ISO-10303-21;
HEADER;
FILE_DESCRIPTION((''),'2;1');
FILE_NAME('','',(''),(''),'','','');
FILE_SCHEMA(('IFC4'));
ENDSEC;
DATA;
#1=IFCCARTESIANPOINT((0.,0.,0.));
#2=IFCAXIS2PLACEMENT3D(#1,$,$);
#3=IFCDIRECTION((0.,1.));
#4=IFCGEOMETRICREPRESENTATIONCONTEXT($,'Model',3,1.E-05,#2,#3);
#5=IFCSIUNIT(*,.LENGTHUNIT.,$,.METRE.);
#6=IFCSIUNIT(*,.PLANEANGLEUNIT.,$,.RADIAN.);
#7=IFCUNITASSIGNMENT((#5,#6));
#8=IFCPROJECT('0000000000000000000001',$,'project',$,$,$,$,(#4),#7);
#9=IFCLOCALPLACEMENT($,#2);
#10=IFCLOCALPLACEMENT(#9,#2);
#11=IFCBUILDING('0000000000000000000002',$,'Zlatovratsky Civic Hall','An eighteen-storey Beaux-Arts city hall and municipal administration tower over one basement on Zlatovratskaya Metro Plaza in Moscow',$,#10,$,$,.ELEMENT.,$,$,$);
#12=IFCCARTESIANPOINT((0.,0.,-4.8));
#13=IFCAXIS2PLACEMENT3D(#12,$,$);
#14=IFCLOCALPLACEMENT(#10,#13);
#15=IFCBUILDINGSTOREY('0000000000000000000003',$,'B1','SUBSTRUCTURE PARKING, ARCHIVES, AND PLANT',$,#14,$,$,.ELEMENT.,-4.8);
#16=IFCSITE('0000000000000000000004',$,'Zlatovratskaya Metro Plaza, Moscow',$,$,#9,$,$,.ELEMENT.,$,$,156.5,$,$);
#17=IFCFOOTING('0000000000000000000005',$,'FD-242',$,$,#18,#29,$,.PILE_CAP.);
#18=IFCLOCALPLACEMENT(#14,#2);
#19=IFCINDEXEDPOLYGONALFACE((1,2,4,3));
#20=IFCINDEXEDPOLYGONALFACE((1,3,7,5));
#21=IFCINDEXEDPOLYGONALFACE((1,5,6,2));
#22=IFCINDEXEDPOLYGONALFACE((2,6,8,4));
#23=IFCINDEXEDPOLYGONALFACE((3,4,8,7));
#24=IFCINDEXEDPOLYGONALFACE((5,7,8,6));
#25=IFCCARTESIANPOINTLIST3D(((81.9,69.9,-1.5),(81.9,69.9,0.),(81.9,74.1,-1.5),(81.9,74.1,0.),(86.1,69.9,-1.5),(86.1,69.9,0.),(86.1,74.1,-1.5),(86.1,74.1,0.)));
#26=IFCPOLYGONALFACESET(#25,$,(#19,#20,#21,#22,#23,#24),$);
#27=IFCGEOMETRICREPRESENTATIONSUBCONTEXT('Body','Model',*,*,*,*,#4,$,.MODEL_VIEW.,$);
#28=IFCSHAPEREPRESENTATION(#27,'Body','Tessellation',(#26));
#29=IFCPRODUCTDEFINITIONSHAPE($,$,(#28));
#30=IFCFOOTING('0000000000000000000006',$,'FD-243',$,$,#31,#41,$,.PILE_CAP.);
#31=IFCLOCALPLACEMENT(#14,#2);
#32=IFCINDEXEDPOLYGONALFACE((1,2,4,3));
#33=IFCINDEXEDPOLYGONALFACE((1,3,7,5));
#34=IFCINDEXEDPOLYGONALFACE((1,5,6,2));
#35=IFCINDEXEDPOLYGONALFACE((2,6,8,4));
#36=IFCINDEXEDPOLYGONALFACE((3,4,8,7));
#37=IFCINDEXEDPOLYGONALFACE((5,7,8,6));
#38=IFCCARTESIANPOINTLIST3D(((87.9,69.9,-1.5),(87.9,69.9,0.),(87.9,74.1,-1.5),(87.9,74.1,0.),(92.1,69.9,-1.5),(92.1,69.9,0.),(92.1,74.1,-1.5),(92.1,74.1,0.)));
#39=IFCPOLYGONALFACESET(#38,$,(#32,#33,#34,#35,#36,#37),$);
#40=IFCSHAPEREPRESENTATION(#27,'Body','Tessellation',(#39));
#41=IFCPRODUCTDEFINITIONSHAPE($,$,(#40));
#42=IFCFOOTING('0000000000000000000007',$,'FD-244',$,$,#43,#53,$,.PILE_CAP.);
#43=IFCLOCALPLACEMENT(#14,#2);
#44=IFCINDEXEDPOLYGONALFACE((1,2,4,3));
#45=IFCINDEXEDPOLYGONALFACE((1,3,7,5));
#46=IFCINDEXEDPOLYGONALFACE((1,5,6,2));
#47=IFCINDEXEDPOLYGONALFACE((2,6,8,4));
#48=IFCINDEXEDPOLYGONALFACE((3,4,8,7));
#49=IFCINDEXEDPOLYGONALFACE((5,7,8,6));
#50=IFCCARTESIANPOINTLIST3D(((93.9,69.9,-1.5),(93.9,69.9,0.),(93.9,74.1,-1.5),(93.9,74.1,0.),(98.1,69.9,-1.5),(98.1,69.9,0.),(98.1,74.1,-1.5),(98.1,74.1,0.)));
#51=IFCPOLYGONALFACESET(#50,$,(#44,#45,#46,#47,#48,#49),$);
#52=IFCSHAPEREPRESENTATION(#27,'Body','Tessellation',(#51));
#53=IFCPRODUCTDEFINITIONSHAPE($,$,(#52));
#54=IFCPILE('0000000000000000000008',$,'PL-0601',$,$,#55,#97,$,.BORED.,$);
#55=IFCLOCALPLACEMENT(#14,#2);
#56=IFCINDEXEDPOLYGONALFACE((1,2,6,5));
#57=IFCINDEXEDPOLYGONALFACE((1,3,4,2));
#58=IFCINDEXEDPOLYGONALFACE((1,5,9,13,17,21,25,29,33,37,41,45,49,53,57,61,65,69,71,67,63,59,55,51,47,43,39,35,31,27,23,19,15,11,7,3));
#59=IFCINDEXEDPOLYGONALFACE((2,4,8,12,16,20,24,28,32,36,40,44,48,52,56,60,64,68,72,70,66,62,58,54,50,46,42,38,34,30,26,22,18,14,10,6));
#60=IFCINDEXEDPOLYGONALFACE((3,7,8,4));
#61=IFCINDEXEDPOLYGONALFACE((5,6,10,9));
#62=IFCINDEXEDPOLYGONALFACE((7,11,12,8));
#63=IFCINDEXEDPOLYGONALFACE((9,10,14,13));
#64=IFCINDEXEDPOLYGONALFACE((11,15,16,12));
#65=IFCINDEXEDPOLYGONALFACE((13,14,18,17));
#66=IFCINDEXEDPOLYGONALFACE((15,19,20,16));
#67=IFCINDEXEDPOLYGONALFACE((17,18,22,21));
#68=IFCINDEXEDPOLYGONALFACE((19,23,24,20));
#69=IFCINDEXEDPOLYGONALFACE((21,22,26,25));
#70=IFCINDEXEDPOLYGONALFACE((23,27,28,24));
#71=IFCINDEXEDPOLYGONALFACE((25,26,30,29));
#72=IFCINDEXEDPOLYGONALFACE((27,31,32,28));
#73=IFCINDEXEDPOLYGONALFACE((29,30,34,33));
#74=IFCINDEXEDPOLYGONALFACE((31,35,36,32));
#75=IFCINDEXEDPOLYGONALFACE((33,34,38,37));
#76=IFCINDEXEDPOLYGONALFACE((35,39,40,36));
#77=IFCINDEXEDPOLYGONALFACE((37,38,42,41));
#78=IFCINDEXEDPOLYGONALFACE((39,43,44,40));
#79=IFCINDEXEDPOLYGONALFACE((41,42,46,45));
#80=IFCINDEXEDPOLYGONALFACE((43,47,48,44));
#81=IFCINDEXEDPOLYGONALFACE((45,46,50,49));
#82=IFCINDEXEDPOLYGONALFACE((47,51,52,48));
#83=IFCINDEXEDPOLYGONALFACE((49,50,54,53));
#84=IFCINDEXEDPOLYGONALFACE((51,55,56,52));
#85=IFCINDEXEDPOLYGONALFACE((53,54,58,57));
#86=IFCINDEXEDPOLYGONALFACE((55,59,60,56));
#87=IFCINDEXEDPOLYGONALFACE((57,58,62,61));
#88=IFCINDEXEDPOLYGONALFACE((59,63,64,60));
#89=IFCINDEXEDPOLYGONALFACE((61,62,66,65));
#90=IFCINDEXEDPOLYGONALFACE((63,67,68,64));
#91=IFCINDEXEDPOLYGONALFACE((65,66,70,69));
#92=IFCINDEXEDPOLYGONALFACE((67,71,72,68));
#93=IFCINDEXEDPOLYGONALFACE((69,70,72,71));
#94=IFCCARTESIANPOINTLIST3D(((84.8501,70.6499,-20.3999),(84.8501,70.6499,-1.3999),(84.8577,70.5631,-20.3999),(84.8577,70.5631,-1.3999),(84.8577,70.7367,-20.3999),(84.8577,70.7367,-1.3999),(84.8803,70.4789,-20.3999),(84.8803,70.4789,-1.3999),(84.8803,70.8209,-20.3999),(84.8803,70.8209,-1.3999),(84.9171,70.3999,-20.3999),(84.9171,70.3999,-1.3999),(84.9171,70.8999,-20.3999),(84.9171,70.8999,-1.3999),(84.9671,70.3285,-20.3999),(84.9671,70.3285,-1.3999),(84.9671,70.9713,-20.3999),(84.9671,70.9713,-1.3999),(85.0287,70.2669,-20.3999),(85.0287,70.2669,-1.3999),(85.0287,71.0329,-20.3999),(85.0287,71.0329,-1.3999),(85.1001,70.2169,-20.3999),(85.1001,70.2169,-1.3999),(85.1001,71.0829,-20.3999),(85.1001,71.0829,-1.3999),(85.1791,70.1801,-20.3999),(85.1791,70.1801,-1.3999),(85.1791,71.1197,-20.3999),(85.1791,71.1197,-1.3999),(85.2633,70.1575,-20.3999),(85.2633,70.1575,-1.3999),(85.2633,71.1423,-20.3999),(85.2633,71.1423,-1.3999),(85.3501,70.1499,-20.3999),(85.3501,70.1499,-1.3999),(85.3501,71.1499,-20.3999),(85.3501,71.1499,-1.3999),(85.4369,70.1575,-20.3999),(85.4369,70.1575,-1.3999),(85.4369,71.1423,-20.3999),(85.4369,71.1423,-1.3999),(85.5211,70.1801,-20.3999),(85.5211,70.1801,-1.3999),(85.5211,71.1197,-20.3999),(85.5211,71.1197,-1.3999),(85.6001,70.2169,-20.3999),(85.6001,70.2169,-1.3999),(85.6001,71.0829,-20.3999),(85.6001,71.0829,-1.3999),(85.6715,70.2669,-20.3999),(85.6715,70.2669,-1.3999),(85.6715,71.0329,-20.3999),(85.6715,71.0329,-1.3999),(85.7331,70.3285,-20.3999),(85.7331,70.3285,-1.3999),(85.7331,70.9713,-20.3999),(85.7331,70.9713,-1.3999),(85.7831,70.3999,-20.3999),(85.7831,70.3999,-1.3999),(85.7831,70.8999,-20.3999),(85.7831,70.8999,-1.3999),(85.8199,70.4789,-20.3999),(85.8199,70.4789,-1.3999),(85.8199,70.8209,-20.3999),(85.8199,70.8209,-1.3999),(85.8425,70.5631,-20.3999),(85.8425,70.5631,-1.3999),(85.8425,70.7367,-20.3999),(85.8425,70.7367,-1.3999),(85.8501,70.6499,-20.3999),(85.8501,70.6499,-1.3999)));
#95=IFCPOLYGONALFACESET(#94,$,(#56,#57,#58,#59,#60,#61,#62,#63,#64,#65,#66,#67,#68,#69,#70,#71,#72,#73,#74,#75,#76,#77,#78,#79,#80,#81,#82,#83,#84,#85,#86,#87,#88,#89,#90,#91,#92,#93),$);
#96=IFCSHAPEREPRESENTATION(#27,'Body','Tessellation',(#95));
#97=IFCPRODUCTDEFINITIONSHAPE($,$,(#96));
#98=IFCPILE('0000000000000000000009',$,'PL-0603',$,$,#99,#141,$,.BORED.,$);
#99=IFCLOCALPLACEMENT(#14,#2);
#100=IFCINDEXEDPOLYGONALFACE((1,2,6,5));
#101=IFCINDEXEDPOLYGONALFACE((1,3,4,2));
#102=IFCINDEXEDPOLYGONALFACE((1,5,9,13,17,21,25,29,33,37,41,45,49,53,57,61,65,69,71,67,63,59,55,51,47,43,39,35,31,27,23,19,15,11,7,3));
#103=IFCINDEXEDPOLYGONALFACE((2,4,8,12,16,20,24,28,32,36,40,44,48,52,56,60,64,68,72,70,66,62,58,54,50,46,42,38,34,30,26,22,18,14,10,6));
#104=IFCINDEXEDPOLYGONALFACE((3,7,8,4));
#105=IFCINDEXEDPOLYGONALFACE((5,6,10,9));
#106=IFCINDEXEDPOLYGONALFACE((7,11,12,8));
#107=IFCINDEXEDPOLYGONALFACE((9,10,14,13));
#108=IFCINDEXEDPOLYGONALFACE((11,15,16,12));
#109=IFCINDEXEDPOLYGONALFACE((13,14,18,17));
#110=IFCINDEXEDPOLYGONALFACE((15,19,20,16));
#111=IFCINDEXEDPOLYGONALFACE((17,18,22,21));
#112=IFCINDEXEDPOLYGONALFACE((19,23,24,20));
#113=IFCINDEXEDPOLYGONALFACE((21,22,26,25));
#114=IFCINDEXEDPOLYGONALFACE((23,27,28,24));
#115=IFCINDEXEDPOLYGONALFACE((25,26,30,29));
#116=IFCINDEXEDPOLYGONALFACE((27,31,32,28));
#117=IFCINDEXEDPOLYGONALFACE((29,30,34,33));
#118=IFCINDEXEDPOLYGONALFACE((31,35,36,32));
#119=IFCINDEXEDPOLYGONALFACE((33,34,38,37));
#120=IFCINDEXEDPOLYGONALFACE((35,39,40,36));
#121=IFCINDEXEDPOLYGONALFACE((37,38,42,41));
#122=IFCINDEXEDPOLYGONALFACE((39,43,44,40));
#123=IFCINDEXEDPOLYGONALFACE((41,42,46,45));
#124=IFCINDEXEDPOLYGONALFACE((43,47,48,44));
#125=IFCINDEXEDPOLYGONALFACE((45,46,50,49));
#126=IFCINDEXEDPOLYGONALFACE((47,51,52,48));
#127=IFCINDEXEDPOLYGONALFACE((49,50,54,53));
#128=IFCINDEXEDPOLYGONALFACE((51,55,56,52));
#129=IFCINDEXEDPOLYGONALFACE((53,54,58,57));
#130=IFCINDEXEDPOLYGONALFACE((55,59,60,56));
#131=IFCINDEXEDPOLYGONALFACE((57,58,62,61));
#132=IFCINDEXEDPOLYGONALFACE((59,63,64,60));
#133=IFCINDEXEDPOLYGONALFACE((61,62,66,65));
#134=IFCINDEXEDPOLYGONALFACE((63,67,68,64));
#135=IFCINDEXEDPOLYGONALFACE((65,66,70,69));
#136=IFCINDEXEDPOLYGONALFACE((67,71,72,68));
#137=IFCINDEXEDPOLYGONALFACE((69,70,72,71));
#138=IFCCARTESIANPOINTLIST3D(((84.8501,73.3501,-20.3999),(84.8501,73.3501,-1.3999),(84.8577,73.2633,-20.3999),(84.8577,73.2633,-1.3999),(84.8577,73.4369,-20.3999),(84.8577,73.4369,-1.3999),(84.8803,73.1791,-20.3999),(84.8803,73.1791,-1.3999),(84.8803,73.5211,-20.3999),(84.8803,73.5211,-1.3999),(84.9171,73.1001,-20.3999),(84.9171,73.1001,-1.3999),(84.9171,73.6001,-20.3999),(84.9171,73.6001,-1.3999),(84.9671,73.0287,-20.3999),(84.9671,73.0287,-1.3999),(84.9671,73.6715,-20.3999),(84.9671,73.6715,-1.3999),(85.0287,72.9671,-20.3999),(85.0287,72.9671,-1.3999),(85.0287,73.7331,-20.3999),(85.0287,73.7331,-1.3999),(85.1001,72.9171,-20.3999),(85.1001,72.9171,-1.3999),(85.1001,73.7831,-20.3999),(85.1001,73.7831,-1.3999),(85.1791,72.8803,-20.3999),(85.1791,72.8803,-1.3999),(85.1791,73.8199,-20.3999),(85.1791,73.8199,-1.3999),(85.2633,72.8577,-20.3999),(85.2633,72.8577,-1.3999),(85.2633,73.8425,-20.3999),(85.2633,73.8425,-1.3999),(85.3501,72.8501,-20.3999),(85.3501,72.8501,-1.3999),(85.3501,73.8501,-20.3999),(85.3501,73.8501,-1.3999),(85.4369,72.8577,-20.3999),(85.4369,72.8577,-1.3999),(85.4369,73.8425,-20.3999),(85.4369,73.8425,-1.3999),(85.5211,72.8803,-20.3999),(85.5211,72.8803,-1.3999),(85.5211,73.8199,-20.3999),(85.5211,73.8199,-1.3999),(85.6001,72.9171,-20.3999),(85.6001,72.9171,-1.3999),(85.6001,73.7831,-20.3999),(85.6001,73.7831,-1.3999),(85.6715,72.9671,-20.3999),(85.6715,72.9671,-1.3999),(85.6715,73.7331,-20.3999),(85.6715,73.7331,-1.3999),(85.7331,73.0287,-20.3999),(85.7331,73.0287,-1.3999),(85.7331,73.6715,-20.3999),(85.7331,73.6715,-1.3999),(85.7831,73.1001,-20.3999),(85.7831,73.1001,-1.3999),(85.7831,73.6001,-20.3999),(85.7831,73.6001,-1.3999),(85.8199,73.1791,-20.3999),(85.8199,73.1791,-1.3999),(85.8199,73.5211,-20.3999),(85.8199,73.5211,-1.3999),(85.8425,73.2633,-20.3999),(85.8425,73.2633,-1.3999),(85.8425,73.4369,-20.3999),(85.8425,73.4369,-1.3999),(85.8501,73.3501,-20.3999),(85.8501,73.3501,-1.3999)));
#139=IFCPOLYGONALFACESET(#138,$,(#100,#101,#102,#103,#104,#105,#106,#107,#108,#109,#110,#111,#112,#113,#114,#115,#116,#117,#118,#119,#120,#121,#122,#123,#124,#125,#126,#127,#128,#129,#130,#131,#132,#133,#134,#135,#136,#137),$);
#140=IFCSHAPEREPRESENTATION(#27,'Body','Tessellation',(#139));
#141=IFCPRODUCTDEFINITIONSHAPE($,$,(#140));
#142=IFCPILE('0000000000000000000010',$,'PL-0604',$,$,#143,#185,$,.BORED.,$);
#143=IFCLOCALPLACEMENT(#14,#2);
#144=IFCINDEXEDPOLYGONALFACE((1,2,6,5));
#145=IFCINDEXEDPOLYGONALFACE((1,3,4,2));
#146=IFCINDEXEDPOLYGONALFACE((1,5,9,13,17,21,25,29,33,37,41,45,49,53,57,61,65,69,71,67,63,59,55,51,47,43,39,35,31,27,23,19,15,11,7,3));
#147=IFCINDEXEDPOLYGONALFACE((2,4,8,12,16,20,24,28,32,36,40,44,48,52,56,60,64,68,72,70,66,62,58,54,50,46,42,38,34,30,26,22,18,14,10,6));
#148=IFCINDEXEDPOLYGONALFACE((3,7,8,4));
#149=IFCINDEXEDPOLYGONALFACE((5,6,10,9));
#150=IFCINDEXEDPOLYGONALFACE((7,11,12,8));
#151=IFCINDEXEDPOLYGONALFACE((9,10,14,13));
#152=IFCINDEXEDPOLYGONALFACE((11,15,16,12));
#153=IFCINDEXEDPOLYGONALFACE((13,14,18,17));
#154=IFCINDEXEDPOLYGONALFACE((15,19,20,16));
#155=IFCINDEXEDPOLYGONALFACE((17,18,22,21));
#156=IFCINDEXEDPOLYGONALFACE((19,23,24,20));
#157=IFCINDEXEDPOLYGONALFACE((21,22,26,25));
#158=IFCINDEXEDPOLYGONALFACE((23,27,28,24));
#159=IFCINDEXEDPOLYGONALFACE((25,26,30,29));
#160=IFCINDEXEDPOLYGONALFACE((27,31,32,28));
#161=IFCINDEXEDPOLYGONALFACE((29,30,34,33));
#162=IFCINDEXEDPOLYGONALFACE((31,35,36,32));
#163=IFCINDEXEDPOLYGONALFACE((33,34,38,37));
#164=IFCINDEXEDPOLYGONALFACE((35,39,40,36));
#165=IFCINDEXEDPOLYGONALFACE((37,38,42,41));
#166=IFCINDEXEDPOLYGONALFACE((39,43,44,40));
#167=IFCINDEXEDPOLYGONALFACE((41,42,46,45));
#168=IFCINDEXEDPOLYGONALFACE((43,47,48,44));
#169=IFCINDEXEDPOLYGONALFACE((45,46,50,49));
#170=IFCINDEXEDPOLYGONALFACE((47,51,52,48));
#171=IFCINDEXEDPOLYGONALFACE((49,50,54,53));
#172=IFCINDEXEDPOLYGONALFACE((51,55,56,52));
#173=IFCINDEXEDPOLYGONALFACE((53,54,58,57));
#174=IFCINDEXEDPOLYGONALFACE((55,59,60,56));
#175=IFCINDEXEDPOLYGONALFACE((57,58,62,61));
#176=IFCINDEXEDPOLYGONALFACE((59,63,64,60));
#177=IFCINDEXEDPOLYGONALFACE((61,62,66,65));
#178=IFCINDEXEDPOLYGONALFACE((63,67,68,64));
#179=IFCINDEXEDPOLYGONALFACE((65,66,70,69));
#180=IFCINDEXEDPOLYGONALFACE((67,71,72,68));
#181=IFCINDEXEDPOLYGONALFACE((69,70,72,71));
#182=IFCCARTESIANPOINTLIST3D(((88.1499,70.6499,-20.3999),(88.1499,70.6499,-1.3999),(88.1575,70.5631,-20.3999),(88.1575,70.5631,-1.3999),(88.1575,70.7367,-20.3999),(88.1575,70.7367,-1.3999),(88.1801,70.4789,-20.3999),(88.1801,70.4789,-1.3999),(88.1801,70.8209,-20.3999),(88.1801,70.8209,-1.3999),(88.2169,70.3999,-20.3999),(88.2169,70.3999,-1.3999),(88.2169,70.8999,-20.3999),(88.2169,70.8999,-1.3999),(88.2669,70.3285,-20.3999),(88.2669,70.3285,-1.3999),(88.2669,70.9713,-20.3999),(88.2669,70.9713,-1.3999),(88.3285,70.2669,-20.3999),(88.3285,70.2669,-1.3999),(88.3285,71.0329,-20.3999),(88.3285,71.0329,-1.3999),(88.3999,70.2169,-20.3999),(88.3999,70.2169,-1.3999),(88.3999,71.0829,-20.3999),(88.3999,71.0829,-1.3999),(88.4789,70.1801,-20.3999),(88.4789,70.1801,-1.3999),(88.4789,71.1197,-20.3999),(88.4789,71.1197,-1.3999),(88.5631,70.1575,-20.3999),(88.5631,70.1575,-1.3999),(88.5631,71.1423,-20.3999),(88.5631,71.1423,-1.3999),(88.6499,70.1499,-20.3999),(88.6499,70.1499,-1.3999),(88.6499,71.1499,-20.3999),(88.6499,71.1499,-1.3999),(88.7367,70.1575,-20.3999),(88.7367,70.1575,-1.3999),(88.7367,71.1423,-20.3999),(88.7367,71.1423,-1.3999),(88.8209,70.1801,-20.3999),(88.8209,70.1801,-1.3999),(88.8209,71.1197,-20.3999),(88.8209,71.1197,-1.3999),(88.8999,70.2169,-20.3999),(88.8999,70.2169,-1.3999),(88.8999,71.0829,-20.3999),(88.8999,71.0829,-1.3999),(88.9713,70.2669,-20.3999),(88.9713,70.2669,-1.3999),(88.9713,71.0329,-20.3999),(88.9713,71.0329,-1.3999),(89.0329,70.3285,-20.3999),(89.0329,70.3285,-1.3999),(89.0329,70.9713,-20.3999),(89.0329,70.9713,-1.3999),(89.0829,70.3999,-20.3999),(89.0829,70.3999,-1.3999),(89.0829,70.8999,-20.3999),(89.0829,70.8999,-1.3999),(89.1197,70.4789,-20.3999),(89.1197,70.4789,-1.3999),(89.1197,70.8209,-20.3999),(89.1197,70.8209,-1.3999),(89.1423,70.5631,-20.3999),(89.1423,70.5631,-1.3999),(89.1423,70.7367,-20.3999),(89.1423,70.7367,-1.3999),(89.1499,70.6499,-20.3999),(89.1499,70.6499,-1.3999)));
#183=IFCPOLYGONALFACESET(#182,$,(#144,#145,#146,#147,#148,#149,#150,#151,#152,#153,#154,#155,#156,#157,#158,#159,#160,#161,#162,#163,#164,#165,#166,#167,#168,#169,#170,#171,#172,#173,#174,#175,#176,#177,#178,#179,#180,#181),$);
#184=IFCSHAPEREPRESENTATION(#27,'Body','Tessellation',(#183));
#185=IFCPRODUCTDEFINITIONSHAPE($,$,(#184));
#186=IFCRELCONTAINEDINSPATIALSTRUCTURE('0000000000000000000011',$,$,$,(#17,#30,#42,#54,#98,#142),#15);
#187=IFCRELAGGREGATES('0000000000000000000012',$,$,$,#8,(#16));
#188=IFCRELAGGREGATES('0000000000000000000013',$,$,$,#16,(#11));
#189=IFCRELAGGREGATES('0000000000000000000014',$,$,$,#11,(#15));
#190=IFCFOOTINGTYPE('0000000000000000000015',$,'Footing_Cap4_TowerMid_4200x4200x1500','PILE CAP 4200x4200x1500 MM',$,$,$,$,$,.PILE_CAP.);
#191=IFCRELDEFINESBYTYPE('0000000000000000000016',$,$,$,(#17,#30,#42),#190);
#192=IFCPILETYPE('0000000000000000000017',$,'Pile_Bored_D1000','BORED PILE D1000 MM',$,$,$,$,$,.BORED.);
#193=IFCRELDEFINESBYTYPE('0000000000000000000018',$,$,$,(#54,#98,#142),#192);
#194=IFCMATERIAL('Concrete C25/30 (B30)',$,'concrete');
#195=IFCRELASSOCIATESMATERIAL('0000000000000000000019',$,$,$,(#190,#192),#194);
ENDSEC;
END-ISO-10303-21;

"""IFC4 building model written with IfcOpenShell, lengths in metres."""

from ifc_helpers import new_model, si_unit, direction, frame, origin, origin_2d, place, context, subcontext, project, spatial, rectangle, circle, extrude, material, material_profile, profile_set, type_object, element, save


model = new_model("IFC4")

# Units and contexts
model_context = context("Model", 3, precision=1e-05, world=origin(), true_north=direction((0.0, 1.0)))
body_context = subcontext(model_context, "Body", "Model", "MODEL_VIEW")
ifc_project = project(units=[si_unit("LENGTHUNIT", "METRE"), si_unit("PLANEANGLEUNIT", "RADIAN")], contexts=[model_context])

# Site, building, storey
site_placement = place(None, origin())
site = spatial("IfcSite", under=ifc_project, at=site_placement, Name="Zlatovratskaya Metro Plaza, Moscow", CompositionType="ELEMENT", RefElevation=156.5)
building_placement = place(site_placement, origin())
building = spatial("IfcBuilding", under=site, at=building_placement, Name="Zlatovratsky Civic Hall", Description="An eighteen-storey Beaux-Arts city hall and municipal administration tower over one basement on Zlatovratskaya Metro Plaza in Moscow", CompositionType="ELEMENT")
storey_placement = place(building_placement, frame((0.0, 0.0, -4.8)))
storey = spatial("IfcBuildingStorey", under=building, at=storey_placement, Name="B1", Description="SUBSTRUCTURE PARKING, ARCHIVES, AND PLANT", CompositionType="ELEMENT", Elevation=-4.8)

# Footings
ifc_material_1 = material(Name="Concrete C25/30 (B30)", Category="concrete")
footing_type = type_object("IfcFootingType", Name="Footing_Cap4_TowerMid_4200x4200x1500", Description="PILE CAP 4200x4200x1500 MM", PredefinedType="PILE_CAP", material=ifc_material_1)
for number, where, z_axis, x_axis, name in (
    (1, (84.0, 72.0, -1.5), (0.0, 0.0, 1.0), (1.0, 0.0, 0.0), "FD-242"),
    (2, (90.0, 72.0, -1.5), (0.0, 0.0, 1.0), (1.0, 0.0, 0.0), "FD-243"),
    (3, (96.0, 72.0, -1.5), (0.0, 0.0, 1.0), (1.0, 0.0, 0.0), "FD-244"),
):
    element("IfcFooting", number, at=place(storey_placement, frame(where, z_axis=z_axis, x_axis=x_axis)), inside=storey, type_object=footing_type, Name=name, PredefinedType="PILE_CAP", context=body_context, shape_type="SweptSolid", body=[
        extrude(rectangle(XDim=4.2, YDim=4.2, at=origin_2d()), origin(), (0.0, 0.0, 1.0), 1.5),
    ])

# Piles
ifc_material_profile_1 = material_profile(ifc_material_1, circle(Radius=0.5, at=origin_2d()), Name="PILE D1000")
ifc_profile_set_1 = profile_set([ifc_material_profile_1], Name="Concrete C25/30 (B30)")
pile_type = type_object("IfcPileType", Name="Pile_Bored_D1000", Description="BORED PILE D1000 MM", PredefinedType="BORED", material=ifc_profile_set_1)
for number, where, z_axis, x_axis, name in (
    (4, (85.3501, 70.6499, -1.3999), (0.0, 0.0, -1.0), (1.0, 0.0, 0.0), "PL-0601"),
    (5, (85.3501, 73.3501, -1.3999), (0.0, 0.0, -1.0), (1.0, 0.0, 0.0), "PL-0603"),
    (6, (88.6499, 70.6499, -1.3999), (0.0, 0.0, -1.0), (1.0, 0.0, 0.0), "PL-0604"),
):
    element("IfcPile", number, at=place(storey_placement, frame(where, z_axis=z_axis, x_axis=x_axis)), inside=storey, type_object=pile_type, Name=name, PredefinedType="BORED", context=body_context, shape_type="SweptSolid", body=[
        extrude(circle(Radius=0.5, at=origin_2d()), origin(), (0.0, 0.0, 1.0), 19.0),
    ])

save(model, "model.ifc")
